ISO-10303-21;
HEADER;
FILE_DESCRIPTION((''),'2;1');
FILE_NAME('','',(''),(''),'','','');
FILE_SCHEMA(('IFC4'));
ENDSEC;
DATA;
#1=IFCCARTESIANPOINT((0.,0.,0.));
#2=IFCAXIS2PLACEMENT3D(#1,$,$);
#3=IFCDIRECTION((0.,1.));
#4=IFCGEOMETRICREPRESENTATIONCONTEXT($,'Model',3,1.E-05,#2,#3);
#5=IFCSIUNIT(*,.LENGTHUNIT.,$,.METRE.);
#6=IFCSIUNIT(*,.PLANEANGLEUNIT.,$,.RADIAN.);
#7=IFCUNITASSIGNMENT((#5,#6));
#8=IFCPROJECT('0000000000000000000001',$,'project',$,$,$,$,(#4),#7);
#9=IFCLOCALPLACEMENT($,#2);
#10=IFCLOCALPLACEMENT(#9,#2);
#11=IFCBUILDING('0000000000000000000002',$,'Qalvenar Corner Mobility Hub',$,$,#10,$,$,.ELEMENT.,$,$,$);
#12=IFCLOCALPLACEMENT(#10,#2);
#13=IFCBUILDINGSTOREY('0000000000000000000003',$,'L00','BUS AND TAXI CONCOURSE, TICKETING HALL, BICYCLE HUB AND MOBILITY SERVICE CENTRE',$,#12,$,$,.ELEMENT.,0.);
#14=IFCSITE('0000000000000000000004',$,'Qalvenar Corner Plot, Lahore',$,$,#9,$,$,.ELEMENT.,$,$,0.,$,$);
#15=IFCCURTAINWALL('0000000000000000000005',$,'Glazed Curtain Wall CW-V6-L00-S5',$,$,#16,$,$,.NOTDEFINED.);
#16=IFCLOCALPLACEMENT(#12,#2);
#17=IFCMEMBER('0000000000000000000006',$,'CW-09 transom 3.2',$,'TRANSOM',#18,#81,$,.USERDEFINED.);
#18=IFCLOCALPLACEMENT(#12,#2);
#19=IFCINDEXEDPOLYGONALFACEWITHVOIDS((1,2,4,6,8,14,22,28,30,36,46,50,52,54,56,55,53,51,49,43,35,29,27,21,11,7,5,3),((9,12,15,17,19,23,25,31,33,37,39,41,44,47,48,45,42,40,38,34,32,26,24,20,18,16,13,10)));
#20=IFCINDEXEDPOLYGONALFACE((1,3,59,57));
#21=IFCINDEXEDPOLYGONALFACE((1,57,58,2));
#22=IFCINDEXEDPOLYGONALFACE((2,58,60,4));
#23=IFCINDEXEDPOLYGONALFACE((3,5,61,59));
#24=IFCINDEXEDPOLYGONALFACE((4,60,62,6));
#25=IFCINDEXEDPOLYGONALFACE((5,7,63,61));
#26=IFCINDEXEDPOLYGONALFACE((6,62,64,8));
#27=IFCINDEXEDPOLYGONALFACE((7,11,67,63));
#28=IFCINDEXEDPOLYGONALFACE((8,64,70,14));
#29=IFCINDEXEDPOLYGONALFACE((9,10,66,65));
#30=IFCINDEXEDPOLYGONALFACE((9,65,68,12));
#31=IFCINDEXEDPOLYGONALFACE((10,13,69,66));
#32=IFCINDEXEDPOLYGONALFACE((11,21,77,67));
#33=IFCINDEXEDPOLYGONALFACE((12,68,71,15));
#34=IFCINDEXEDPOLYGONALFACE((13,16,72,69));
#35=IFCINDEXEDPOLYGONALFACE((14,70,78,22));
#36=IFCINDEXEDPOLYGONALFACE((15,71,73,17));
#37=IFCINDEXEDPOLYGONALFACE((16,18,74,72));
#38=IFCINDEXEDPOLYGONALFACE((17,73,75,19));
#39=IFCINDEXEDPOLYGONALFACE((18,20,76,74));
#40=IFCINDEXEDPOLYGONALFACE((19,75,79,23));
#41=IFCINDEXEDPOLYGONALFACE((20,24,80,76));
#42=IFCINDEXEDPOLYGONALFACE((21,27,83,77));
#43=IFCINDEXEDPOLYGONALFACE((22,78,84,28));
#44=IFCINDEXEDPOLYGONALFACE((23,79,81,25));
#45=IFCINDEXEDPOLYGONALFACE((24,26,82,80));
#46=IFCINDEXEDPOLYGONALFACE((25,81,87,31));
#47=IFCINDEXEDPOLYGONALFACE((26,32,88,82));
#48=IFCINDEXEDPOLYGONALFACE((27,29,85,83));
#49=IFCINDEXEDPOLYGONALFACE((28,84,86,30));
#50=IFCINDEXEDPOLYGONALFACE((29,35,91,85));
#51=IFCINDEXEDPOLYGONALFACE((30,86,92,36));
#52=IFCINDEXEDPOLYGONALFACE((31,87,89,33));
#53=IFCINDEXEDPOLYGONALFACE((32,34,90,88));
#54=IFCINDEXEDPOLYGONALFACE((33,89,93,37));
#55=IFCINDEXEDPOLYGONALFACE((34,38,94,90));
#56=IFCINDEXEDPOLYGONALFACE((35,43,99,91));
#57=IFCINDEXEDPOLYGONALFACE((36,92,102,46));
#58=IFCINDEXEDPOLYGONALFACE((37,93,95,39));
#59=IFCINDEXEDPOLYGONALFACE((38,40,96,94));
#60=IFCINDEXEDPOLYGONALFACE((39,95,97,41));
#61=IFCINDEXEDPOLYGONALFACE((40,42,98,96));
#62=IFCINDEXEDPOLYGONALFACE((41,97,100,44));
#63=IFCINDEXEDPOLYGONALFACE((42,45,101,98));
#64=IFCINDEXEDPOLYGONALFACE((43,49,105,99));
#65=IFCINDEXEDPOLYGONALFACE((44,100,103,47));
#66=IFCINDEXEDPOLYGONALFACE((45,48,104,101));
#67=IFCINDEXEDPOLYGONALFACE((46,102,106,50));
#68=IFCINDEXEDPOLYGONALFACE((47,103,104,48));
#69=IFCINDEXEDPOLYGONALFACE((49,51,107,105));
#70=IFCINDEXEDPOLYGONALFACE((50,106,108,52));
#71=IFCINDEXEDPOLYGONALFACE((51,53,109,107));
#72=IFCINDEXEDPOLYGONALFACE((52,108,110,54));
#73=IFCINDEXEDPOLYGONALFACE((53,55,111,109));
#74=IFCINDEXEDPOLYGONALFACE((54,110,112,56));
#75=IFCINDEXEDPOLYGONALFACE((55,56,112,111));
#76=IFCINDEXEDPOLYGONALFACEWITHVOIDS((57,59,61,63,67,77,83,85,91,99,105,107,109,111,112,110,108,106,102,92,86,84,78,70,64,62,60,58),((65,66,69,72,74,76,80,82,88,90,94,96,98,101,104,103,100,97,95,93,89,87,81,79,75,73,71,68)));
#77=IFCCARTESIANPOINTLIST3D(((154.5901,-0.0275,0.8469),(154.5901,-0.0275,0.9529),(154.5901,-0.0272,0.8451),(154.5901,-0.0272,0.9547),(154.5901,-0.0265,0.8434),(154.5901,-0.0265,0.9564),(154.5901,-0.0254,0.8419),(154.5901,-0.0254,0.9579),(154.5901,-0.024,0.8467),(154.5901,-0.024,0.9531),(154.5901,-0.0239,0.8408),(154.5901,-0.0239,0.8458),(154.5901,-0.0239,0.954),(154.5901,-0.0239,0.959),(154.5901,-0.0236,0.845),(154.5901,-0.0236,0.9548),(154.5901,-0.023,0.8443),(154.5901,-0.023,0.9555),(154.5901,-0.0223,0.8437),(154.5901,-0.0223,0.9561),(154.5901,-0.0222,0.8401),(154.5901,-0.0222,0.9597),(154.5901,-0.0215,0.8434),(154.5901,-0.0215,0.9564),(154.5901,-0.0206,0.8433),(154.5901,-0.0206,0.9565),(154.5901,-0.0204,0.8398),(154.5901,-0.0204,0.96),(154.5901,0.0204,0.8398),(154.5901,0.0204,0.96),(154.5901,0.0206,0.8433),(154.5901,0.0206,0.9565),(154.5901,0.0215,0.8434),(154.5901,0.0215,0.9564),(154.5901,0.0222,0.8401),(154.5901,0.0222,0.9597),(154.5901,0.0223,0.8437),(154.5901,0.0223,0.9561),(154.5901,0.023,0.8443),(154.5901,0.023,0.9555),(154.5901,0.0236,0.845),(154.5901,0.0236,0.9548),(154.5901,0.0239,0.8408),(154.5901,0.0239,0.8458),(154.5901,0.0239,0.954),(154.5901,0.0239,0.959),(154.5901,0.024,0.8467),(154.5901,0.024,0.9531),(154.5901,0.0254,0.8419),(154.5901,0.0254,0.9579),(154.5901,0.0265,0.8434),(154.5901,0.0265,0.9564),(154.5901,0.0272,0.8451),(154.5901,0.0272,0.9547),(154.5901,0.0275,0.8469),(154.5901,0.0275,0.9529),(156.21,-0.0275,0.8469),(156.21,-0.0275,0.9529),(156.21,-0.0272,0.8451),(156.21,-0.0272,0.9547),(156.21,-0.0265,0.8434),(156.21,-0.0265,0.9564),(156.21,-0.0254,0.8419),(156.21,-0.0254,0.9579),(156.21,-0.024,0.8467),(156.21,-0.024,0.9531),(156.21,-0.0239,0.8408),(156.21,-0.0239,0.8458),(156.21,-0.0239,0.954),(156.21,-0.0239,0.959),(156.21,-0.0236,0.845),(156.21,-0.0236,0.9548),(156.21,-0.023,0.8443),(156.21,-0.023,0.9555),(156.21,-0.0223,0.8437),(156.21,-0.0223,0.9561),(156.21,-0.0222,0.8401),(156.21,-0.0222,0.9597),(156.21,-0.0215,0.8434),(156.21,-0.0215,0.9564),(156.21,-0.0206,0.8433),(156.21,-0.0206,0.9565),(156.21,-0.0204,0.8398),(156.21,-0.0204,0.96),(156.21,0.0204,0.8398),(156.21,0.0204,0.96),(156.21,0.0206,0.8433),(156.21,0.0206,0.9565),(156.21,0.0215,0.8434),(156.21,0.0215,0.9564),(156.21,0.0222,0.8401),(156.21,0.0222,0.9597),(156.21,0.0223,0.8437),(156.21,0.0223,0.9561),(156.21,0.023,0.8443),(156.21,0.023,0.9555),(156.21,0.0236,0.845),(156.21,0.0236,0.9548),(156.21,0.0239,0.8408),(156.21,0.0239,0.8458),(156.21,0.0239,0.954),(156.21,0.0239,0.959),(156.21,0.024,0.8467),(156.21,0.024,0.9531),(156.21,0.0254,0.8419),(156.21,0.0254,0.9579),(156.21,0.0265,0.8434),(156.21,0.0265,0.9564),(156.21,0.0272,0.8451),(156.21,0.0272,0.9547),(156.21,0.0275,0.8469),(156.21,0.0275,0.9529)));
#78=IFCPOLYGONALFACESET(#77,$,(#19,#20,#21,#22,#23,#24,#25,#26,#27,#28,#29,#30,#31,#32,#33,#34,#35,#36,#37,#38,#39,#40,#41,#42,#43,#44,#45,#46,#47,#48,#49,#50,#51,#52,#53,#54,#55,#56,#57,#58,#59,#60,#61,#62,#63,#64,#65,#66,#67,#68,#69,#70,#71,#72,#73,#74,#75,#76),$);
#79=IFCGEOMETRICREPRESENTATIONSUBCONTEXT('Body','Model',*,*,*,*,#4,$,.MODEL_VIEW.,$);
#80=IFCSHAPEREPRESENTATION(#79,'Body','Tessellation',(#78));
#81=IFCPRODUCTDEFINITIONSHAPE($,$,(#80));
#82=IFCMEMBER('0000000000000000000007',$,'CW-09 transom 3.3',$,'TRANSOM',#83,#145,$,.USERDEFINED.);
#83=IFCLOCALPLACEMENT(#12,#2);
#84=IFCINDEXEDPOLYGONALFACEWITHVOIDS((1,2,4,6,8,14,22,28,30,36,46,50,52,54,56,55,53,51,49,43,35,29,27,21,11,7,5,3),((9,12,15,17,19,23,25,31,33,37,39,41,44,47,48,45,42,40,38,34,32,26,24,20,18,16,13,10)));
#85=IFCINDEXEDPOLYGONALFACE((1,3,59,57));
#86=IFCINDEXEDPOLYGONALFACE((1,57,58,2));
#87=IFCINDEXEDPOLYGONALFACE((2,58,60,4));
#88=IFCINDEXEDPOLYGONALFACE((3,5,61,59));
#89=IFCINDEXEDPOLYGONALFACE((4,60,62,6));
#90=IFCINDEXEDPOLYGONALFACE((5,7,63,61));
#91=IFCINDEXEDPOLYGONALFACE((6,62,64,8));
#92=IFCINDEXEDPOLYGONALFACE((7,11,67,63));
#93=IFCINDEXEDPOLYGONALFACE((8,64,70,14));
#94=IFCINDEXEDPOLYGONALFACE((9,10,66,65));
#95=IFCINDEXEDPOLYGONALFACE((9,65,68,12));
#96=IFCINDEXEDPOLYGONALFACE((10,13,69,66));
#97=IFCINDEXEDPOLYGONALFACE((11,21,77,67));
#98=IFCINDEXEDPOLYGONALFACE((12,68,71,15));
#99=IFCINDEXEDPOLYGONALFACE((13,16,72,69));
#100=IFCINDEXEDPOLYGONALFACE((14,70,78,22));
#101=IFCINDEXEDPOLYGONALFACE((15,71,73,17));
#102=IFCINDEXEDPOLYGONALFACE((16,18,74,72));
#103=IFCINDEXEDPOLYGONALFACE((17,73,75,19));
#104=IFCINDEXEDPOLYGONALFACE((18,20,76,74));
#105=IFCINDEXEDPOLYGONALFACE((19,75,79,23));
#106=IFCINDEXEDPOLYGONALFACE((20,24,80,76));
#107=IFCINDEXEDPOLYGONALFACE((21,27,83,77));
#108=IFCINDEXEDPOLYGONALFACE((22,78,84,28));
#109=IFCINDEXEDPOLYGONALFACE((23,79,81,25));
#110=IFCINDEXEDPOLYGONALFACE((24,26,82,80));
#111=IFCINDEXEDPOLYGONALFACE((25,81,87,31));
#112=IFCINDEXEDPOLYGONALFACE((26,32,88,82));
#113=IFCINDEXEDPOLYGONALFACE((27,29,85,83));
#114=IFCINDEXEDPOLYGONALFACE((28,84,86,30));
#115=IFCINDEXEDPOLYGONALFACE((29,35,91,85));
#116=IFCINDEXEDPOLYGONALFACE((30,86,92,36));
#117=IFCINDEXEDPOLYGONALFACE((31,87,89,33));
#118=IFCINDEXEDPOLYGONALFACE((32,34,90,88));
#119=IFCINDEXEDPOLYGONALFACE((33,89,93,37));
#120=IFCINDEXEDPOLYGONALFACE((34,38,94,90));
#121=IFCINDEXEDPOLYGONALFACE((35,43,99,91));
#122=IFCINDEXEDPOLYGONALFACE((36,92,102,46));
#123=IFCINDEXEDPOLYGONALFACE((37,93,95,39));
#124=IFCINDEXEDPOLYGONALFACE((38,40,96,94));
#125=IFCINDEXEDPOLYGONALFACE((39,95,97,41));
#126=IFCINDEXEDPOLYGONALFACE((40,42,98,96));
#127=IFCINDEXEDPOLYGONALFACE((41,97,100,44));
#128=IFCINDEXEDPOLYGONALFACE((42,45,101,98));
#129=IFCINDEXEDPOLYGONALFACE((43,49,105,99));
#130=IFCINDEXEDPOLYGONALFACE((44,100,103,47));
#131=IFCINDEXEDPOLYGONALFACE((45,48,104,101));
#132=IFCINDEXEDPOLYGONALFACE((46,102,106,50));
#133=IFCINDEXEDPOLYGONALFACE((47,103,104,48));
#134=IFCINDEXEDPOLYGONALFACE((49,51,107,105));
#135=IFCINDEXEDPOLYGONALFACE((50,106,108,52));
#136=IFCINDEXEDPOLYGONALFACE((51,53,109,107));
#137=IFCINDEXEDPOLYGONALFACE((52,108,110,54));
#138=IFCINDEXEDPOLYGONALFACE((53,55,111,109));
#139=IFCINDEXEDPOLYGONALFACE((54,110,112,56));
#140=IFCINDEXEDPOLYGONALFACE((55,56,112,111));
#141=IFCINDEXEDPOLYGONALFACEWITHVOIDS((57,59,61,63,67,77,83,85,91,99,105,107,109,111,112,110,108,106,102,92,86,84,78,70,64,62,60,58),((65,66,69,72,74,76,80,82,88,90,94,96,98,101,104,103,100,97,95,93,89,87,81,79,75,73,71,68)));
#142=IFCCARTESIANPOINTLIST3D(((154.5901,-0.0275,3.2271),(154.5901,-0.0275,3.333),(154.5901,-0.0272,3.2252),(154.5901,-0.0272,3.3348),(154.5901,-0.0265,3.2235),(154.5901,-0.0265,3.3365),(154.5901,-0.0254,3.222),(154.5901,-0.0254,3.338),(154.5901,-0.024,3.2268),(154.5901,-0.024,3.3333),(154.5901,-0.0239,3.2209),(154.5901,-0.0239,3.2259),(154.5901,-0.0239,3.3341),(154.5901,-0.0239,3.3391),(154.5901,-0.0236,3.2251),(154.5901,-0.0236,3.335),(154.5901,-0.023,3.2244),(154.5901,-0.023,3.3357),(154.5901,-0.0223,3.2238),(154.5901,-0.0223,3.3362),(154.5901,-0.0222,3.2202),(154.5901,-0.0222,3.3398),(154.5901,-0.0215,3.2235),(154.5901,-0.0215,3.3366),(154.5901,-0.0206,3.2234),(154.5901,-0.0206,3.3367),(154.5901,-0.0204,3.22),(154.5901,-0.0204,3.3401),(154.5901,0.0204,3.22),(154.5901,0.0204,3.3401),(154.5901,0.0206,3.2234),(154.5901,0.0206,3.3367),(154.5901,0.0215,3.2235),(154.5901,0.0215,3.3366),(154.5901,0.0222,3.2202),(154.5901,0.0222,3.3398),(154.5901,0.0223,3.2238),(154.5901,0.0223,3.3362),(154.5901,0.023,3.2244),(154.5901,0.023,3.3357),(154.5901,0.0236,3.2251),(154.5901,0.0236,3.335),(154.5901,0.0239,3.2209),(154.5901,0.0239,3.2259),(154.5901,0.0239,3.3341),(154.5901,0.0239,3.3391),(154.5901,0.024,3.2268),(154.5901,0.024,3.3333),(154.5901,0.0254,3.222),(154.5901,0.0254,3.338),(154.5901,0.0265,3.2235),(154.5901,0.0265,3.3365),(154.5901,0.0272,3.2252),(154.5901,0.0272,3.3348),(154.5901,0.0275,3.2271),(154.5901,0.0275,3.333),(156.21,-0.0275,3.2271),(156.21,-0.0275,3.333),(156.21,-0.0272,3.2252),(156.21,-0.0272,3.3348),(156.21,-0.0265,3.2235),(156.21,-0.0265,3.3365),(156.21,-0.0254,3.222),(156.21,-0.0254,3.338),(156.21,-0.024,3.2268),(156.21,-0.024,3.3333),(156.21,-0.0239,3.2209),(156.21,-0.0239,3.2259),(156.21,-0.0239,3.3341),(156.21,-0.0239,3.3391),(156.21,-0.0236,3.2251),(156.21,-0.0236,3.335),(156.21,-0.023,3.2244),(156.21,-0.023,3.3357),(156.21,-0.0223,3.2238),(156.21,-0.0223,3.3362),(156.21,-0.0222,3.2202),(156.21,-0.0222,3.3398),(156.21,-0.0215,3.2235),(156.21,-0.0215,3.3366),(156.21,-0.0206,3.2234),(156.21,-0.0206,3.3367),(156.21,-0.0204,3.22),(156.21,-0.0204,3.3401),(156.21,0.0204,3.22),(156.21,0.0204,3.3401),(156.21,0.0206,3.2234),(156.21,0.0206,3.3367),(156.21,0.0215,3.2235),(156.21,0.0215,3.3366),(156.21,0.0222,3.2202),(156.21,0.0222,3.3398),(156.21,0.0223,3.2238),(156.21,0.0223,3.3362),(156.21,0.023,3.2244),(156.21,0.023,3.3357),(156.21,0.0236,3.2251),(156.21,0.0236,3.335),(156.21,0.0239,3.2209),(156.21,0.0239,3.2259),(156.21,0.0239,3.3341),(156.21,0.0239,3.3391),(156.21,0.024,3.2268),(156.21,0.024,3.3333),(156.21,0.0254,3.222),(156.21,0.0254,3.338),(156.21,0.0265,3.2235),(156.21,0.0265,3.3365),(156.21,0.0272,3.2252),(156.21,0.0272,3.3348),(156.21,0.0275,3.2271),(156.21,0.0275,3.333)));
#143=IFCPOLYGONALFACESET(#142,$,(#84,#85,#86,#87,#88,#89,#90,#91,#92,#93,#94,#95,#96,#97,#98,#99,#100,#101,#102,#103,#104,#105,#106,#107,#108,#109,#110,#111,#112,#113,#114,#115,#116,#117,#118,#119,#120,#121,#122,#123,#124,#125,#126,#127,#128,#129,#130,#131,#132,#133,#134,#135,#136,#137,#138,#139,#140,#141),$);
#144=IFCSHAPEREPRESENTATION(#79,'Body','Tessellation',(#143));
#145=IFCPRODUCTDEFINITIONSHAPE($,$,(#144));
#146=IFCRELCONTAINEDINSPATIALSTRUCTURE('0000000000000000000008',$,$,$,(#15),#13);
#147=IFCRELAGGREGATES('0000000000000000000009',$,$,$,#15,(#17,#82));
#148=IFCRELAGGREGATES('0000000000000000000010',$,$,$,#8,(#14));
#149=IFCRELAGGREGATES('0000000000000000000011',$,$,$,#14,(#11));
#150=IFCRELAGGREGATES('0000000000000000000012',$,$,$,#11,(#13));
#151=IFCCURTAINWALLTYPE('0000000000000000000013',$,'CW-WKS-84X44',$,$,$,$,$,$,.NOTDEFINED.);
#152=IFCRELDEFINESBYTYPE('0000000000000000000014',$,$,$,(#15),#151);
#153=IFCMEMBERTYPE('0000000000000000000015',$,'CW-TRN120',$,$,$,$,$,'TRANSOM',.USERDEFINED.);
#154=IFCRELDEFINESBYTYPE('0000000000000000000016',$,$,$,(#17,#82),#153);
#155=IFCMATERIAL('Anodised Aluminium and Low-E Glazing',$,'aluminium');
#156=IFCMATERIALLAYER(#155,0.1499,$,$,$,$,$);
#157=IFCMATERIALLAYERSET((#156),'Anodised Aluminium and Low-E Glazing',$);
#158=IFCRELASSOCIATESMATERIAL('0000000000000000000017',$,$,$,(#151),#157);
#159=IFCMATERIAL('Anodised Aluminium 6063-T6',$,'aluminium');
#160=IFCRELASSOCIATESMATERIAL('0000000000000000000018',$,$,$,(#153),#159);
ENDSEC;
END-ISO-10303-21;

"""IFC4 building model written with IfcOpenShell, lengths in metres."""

from ifc_helpers import new_model, si_unit, direction, frame, origin, origin_2d, place, context, subcontext, project, spatial, hollow_rectangle, extrude, material, layer, layer_set, material_profile, profile_set, type_object, element, aggregate, save


model = new_model("IFC4")

# Units and contexts
model_context = context("Model", 3, precision=1e-05, world=origin(), true_north=direction((0.0, 1.0)))
body_context = subcontext(model_context, "Body", "Model", "MODEL_VIEW")
ifc_project = project(units=[si_unit("LENGTHUNIT", "METRE"), si_unit("PLANEANGLEUNIT", "RADIAN")], contexts=[model_context])

# Site, building, storey
site_placement = place(None, origin())
site = spatial("IfcSite", under=ifc_project, at=site_placement, Name="Qalvenar Corner Plot, Lahore", CompositionType="ELEMENT", RefElevation=0.0)
building_placement = place(site_placement, origin())
building = spatial("IfcBuilding", under=site, at=building_placement, Name="Qalvenar Corner Mobility Hub", CompositionType="ELEMENT")
storey_placement = place(building_placement, origin())
storey = spatial("IfcBuildingStorey", under=building, at=storey_placement, Name="L00", Description="BUS AND TAXI CONCOURSE, TICKETING HALL, BICYCLE HUB AND MOBILITY SERVICE CENTRE", CompositionType="ELEMENT", Elevation=0.0)

# Curtain wall, members
ifc_material_1 = material(Name="Anodised Aluminium and Low-E Glazing", Category="aluminium")
ifc_layer_1 = layer(ifc_material_1, 0.1499)
ifc_layer_set_1 = layer_set([ifc_layer_1], Name="Anodised Aluminium and Low-E Glazing")
curtain_wall_type = type_object("IfcCurtainWallType", Name="CW-WKS-84X44", PredefinedType="NOTDEFINED", material=ifc_layer_set_1)
curtain_wall_placement = place(storey_placement, origin())
curtain_wall = element("IfcCurtainWall", 1, at=curtain_wall_placement, inside=storey, type_object=curtain_wall_type, Name="Glazed Curtain Wall CW-V6-L00-S5", PredefinedType="NOTDEFINED")
ifc_material_2 = material(Name="Anodised Aluminium 6063-T6", Category="aluminium")
ifc_material_profile_1 = material_profile(ifc_material_2, hollow_rectangle(XDim=0.0549, YDim=0.1201, WallThickness=0.0034, InnerFilletRadius=0.0034, OuterFilletRadius=0.0071, at=origin_2d()), Name="RHS120x55x3.5")
ifc_profile_set_1 = profile_set([ifc_material_profile_1], Name="Anodised Aluminium 6063-T6")
member_type_1 = type_object("IfcMemberType", Name="CW-TRN120", ElementType="TRANSOM", PredefinedType="USERDEFINED", material=ifc_profile_set_1)
member_1_placement = place(storey_placement, frame((154.5901, 0.0, 0.8999), z_axis=(1.0, 0.0, 0.0), x_axis=(0.0, 1.0, 0.0)))
member_1 = element("IfcMember", 2, at=member_1_placement, type_object=member_type_1, Name="CW-09 transom 3.2", ObjectType="TRANSOM", PredefinedType="USERDEFINED", context=body_context, shape_type="SweptSolid", body=[
    extrude(hollow_rectangle(XDim=0.0549, YDim=0.1201, WallThickness=0.0034, InnerFilletRadius=0.0034, OuterFilletRadius=0.0071, at=origin_2d()), origin(), (0.0, 0.0, 1.0), 1.6199),
])
member_2_placement = place(storey_placement, frame((154.5901, 0.0, 3.28), z_axis=(1.0, 0.0, 0.0), x_axis=(0.0, 1.0, 0.0)))
member_2 = element("IfcMember", 3, at=member_2_placement, type_object=member_type_1, Name="CW-09 transom 3.3", ObjectType="TRANSOM", PredefinedType="USERDEFINED", context=body_context, shape_type="SweptSolid", body=[
    extrude(hollow_rectangle(XDim=0.0549, YDim=0.1201, WallThickness=0.0034, InnerFilletRadius=0.0034, OuterFilletRadius=0.0071, at=origin_2d()), origin(), (0.0, 0.0, 1.0), 1.6199),
])
aggregate(curtain_wall, [member_1, member_2])

save(model, "model.ifc")
